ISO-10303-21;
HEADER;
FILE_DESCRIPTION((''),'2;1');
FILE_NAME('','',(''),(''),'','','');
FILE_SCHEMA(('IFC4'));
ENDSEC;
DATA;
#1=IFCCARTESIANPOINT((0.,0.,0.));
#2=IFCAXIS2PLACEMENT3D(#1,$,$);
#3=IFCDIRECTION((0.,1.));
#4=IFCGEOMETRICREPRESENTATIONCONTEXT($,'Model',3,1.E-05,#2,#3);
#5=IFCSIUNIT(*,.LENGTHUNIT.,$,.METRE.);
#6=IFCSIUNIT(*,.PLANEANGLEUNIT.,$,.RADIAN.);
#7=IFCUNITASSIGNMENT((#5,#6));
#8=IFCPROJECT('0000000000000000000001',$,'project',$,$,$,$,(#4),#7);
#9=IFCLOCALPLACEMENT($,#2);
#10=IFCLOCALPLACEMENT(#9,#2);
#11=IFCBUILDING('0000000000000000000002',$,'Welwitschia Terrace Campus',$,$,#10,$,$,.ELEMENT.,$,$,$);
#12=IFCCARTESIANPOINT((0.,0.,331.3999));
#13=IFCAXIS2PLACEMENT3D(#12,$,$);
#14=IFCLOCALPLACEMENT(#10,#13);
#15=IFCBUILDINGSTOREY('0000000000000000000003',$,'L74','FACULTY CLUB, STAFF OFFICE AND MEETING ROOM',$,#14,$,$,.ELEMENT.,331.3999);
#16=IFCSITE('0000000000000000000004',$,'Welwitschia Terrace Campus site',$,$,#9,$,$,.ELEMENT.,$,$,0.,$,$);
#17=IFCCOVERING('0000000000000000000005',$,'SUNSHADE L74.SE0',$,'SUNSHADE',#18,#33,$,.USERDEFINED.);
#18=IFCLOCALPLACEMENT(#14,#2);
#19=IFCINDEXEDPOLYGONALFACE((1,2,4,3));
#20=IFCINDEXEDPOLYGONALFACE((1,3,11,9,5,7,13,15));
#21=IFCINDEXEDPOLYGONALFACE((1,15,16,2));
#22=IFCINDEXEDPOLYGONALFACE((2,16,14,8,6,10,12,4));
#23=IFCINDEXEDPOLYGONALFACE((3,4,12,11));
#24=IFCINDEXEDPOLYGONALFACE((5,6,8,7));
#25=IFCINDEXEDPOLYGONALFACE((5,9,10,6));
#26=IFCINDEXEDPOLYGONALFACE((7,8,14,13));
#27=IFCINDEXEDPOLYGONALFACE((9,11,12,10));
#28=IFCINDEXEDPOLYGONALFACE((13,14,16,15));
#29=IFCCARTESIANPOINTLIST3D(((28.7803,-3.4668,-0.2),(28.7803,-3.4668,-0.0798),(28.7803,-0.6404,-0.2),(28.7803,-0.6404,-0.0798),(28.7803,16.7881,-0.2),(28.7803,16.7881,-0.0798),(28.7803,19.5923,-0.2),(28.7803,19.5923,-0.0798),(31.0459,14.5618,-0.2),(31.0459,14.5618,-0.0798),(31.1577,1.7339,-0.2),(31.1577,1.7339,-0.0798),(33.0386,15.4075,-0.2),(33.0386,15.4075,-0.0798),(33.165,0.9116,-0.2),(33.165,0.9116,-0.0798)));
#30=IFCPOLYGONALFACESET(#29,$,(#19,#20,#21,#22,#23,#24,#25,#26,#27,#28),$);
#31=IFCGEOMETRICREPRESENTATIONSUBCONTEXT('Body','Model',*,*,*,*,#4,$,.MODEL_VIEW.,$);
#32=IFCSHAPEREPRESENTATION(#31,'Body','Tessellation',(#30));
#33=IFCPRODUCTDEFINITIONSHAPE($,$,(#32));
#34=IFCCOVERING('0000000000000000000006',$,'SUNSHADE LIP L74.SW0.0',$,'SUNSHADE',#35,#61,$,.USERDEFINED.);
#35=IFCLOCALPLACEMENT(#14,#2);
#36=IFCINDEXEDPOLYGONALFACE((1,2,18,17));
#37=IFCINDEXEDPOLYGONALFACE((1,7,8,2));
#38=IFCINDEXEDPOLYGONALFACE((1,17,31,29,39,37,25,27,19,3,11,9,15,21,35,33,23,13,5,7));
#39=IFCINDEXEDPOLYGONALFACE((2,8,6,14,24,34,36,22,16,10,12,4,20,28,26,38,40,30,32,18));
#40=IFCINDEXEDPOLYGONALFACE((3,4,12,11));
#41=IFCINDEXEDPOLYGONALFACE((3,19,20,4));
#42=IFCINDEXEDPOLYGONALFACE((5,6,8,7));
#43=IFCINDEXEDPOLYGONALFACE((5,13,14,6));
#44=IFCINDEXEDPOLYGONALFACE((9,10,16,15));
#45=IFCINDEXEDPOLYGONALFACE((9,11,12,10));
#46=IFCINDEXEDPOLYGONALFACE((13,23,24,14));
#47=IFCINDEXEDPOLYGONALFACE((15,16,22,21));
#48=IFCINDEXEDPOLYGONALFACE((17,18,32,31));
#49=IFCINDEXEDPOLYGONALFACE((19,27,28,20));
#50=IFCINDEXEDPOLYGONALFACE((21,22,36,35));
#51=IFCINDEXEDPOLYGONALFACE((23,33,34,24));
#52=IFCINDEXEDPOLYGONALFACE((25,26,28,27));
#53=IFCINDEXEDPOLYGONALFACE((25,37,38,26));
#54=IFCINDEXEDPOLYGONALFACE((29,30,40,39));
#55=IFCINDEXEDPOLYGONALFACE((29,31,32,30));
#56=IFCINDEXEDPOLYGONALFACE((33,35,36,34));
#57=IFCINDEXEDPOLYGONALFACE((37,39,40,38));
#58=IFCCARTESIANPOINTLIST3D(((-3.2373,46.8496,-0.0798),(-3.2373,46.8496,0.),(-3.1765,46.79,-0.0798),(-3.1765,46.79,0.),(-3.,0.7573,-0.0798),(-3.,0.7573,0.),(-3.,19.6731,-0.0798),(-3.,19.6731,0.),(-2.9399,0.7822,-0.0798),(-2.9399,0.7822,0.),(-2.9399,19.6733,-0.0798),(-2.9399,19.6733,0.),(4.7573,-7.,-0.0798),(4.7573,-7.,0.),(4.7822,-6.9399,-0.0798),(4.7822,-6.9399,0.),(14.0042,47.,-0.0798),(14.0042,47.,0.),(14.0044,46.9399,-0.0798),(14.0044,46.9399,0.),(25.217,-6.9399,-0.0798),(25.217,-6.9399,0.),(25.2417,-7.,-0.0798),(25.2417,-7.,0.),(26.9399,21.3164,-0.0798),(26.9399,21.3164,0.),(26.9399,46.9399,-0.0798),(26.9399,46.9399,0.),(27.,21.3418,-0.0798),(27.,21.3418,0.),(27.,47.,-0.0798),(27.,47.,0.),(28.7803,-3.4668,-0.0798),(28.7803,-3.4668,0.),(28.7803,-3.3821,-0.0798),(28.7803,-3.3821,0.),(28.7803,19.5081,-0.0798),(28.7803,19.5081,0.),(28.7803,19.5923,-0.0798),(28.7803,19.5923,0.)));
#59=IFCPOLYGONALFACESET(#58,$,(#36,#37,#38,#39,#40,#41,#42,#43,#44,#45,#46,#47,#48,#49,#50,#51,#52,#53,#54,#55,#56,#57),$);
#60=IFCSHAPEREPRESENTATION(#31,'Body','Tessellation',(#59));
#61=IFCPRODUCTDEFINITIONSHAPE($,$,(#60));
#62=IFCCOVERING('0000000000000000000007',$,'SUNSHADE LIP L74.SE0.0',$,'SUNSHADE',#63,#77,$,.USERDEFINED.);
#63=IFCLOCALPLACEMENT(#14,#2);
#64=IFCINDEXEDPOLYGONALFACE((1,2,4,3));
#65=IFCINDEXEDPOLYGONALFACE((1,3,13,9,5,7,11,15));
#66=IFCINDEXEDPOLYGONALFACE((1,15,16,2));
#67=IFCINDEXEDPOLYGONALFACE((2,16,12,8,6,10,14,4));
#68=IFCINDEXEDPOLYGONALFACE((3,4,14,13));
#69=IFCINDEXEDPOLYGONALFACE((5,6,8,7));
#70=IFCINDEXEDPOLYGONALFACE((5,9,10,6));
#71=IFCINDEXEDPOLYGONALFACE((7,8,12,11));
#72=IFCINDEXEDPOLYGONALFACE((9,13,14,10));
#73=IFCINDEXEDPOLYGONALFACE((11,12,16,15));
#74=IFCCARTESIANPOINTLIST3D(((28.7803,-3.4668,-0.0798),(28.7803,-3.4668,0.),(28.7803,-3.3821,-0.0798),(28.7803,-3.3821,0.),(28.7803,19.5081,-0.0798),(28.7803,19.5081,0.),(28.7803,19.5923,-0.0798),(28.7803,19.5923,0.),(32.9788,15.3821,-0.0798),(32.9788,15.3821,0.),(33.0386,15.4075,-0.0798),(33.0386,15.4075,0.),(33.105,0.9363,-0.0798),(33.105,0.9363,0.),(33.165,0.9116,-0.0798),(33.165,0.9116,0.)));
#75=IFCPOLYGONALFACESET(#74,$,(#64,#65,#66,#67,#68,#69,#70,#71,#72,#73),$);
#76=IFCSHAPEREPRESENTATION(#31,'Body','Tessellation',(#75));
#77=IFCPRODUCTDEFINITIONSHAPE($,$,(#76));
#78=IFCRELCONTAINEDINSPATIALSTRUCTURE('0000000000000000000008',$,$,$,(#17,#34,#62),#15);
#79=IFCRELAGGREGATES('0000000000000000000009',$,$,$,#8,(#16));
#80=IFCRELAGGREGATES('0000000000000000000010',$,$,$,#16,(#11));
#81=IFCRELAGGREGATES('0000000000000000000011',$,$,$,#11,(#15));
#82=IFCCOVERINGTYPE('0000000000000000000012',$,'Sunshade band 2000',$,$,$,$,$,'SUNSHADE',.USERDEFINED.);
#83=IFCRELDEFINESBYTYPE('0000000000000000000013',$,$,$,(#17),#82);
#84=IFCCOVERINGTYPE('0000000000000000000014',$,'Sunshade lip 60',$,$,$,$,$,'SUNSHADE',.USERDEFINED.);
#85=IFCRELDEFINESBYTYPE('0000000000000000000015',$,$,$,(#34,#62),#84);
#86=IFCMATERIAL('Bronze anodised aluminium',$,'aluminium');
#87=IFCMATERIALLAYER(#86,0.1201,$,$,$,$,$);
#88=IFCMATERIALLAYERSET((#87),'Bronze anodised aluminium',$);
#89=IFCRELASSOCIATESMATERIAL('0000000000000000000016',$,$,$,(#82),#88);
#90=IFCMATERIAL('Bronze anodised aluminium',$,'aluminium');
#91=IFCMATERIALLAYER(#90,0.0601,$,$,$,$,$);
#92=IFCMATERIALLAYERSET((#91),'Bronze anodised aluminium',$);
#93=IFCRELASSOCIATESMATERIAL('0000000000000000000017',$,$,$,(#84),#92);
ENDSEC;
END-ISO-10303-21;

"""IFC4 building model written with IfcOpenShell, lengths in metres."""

from ifc_helpers import new_model, si_unit, direction, frame, origin, place, context, subcontext, project, spatial, polyline, outline, extrude, material, layer, layer_set, type_object, element, save


model = new_model("IFC4")

# Units and contexts
model_context = context("Model", 3, precision=1e-05, world=origin(), true_north=direction((0.0, 1.0)))
body_context = subcontext(model_context, "Body", "Model", "MODEL_VIEW")
ifc_project = project(units=[si_unit("LENGTHUNIT", "METRE"), si_unit("PLANEANGLEUNIT", "RADIAN")], contexts=[model_context])

# Site, building, storey
site_placement = place(None, origin())
site = spatial("IfcSite", under=ifc_project, at=site_placement, Name="Welwitschia Terrace Campus site", CompositionType="ELEMENT", RefElevation=0.0)
building_placement = place(site_placement, origin())
building = spatial("IfcBuilding", under=site, at=building_placement, Name="Welwitschia Terrace Campus", CompositionType="ELEMENT")
storey_placement = place(building_placement, frame((0.0, 0.0, 331.3999)))
storey = spatial("IfcBuildingStorey", under=building, at=storey_placement, Name="L74", Description="FACULTY CLUB, STAFF OFFICE AND MEETING ROOM", CompositionType="ELEMENT", Elevation=331.3999)

# Coverings
ifc_material_1 = material(Name="Bronze anodised aluminium", Category="aluminium")
ifc_layer_1 = layer(ifc_material_1, 0.1201)
ifc_layer_set_1 = layer_set([ifc_layer_1], Name="Bronze anodised aluminium")
covering_type_1 = type_object("IfcCoveringType", Name="Sunshade band 2000", ElementType="SUNSHADE", PredefinedType="USERDEFINED", material=ifc_layer_set_1)
covering_1_placement = place(storey_placement, frame((0.0, 0.0, -0.2)))
element("IfcCovering", 1, at=covering_1_placement, inside=storey, type_object=covering_type_1, Name="SUNSHADE L74.SE0", ObjectType="SUNSHADE", PredefinedType="USERDEFINED", context=body_context, shape_type="SweptSolid", body=[
    extrude(outline(polyline([(33.0386, 15.4075), (33.165, 0.9116), (28.7803, -3.4668), (28.7803, -0.6404), (31.1577, 1.7339), (31.0459, 14.5618), (28.7803, 16.7881), (28.7803, 19.5923), (33.0386, 15.4075)])), origin(), (0.0, 0.0, 1.0), 0.1201),
])
ifc_material_2 = material(Name="Bronze anodised aluminium", Category="aluminium")
ifc_layer_2 = layer(ifc_material_2, 0.0601)
ifc_layer_set_2 = layer_set([ifc_layer_2], Name="Bronze anodised aluminium")
covering_type_2 = type_object("IfcCoveringType", Name="Sunshade lip 60", ElementType="SUNSHADE", PredefinedType="USERDEFINED", material=ifc_layer_set_2)
covering_2_placement = place(storey_placement, frame((0.0, 0.0, -0.0798)))
element("IfcCovering", 2, at=covering_2_placement, inside=storey, type_object=covering_type_2, Name="SUNSHADE LIP L74.SW0.0", ObjectType="SUNSHADE", PredefinedType="USERDEFINED", context=body_context, shape_type="SweptSolid", body=[
    extrude(outline(polyline([(27.0, 21.3418), (28.7803, 19.5923), (28.7803, 19.5081), (26.9399, 21.3164), (26.9399, 46.9399), (14.0044, 46.9399), (-3.1765, 46.79), (-2.9399, 19.6733), (-2.9399, 0.7822), (4.7822, -6.9399), (25.217, -6.9399), (28.7803, -3.3821), (28.7803, -3.4668), (25.2417, -7.0), (4.7573, -7.0), (-3.0, 0.7573), (-3.0, 19.6731), (-3.2373, 46.8496), (14.0042, 47.0), (27.0, 47.0), (27.0, 21.3418)])), origin(), (0.0, 0.0, 1.0), 0.0798),
])
covering_3_placement = place(storey_placement, frame((0.0, 0.0, -0.0798)))
element("IfcCovering", 3, at=covering_3_placement, inside=storey, type_object=covering_type_2, Name="SUNSHADE LIP L74.SE0.0", ObjectType="SUNSHADE", PredefinedType="USERDEFINED", context=body_context, shape_type="SweptSolid", body=[
    extrude(outline(polyline([(33.165, 0.9116), (28.7803, -3.4668), (28.7803, -3.3821), (33.105, 0.9363), (32.9788, 15.3821), (28.7803, 19.5081), (28.7803, 19.5923), (33.0386, 15.4075), (33.165, 0.9116)])), origin(), (0.0, 0.0, 1.0), 0.0798),
])

save(model, "model.ifc")
